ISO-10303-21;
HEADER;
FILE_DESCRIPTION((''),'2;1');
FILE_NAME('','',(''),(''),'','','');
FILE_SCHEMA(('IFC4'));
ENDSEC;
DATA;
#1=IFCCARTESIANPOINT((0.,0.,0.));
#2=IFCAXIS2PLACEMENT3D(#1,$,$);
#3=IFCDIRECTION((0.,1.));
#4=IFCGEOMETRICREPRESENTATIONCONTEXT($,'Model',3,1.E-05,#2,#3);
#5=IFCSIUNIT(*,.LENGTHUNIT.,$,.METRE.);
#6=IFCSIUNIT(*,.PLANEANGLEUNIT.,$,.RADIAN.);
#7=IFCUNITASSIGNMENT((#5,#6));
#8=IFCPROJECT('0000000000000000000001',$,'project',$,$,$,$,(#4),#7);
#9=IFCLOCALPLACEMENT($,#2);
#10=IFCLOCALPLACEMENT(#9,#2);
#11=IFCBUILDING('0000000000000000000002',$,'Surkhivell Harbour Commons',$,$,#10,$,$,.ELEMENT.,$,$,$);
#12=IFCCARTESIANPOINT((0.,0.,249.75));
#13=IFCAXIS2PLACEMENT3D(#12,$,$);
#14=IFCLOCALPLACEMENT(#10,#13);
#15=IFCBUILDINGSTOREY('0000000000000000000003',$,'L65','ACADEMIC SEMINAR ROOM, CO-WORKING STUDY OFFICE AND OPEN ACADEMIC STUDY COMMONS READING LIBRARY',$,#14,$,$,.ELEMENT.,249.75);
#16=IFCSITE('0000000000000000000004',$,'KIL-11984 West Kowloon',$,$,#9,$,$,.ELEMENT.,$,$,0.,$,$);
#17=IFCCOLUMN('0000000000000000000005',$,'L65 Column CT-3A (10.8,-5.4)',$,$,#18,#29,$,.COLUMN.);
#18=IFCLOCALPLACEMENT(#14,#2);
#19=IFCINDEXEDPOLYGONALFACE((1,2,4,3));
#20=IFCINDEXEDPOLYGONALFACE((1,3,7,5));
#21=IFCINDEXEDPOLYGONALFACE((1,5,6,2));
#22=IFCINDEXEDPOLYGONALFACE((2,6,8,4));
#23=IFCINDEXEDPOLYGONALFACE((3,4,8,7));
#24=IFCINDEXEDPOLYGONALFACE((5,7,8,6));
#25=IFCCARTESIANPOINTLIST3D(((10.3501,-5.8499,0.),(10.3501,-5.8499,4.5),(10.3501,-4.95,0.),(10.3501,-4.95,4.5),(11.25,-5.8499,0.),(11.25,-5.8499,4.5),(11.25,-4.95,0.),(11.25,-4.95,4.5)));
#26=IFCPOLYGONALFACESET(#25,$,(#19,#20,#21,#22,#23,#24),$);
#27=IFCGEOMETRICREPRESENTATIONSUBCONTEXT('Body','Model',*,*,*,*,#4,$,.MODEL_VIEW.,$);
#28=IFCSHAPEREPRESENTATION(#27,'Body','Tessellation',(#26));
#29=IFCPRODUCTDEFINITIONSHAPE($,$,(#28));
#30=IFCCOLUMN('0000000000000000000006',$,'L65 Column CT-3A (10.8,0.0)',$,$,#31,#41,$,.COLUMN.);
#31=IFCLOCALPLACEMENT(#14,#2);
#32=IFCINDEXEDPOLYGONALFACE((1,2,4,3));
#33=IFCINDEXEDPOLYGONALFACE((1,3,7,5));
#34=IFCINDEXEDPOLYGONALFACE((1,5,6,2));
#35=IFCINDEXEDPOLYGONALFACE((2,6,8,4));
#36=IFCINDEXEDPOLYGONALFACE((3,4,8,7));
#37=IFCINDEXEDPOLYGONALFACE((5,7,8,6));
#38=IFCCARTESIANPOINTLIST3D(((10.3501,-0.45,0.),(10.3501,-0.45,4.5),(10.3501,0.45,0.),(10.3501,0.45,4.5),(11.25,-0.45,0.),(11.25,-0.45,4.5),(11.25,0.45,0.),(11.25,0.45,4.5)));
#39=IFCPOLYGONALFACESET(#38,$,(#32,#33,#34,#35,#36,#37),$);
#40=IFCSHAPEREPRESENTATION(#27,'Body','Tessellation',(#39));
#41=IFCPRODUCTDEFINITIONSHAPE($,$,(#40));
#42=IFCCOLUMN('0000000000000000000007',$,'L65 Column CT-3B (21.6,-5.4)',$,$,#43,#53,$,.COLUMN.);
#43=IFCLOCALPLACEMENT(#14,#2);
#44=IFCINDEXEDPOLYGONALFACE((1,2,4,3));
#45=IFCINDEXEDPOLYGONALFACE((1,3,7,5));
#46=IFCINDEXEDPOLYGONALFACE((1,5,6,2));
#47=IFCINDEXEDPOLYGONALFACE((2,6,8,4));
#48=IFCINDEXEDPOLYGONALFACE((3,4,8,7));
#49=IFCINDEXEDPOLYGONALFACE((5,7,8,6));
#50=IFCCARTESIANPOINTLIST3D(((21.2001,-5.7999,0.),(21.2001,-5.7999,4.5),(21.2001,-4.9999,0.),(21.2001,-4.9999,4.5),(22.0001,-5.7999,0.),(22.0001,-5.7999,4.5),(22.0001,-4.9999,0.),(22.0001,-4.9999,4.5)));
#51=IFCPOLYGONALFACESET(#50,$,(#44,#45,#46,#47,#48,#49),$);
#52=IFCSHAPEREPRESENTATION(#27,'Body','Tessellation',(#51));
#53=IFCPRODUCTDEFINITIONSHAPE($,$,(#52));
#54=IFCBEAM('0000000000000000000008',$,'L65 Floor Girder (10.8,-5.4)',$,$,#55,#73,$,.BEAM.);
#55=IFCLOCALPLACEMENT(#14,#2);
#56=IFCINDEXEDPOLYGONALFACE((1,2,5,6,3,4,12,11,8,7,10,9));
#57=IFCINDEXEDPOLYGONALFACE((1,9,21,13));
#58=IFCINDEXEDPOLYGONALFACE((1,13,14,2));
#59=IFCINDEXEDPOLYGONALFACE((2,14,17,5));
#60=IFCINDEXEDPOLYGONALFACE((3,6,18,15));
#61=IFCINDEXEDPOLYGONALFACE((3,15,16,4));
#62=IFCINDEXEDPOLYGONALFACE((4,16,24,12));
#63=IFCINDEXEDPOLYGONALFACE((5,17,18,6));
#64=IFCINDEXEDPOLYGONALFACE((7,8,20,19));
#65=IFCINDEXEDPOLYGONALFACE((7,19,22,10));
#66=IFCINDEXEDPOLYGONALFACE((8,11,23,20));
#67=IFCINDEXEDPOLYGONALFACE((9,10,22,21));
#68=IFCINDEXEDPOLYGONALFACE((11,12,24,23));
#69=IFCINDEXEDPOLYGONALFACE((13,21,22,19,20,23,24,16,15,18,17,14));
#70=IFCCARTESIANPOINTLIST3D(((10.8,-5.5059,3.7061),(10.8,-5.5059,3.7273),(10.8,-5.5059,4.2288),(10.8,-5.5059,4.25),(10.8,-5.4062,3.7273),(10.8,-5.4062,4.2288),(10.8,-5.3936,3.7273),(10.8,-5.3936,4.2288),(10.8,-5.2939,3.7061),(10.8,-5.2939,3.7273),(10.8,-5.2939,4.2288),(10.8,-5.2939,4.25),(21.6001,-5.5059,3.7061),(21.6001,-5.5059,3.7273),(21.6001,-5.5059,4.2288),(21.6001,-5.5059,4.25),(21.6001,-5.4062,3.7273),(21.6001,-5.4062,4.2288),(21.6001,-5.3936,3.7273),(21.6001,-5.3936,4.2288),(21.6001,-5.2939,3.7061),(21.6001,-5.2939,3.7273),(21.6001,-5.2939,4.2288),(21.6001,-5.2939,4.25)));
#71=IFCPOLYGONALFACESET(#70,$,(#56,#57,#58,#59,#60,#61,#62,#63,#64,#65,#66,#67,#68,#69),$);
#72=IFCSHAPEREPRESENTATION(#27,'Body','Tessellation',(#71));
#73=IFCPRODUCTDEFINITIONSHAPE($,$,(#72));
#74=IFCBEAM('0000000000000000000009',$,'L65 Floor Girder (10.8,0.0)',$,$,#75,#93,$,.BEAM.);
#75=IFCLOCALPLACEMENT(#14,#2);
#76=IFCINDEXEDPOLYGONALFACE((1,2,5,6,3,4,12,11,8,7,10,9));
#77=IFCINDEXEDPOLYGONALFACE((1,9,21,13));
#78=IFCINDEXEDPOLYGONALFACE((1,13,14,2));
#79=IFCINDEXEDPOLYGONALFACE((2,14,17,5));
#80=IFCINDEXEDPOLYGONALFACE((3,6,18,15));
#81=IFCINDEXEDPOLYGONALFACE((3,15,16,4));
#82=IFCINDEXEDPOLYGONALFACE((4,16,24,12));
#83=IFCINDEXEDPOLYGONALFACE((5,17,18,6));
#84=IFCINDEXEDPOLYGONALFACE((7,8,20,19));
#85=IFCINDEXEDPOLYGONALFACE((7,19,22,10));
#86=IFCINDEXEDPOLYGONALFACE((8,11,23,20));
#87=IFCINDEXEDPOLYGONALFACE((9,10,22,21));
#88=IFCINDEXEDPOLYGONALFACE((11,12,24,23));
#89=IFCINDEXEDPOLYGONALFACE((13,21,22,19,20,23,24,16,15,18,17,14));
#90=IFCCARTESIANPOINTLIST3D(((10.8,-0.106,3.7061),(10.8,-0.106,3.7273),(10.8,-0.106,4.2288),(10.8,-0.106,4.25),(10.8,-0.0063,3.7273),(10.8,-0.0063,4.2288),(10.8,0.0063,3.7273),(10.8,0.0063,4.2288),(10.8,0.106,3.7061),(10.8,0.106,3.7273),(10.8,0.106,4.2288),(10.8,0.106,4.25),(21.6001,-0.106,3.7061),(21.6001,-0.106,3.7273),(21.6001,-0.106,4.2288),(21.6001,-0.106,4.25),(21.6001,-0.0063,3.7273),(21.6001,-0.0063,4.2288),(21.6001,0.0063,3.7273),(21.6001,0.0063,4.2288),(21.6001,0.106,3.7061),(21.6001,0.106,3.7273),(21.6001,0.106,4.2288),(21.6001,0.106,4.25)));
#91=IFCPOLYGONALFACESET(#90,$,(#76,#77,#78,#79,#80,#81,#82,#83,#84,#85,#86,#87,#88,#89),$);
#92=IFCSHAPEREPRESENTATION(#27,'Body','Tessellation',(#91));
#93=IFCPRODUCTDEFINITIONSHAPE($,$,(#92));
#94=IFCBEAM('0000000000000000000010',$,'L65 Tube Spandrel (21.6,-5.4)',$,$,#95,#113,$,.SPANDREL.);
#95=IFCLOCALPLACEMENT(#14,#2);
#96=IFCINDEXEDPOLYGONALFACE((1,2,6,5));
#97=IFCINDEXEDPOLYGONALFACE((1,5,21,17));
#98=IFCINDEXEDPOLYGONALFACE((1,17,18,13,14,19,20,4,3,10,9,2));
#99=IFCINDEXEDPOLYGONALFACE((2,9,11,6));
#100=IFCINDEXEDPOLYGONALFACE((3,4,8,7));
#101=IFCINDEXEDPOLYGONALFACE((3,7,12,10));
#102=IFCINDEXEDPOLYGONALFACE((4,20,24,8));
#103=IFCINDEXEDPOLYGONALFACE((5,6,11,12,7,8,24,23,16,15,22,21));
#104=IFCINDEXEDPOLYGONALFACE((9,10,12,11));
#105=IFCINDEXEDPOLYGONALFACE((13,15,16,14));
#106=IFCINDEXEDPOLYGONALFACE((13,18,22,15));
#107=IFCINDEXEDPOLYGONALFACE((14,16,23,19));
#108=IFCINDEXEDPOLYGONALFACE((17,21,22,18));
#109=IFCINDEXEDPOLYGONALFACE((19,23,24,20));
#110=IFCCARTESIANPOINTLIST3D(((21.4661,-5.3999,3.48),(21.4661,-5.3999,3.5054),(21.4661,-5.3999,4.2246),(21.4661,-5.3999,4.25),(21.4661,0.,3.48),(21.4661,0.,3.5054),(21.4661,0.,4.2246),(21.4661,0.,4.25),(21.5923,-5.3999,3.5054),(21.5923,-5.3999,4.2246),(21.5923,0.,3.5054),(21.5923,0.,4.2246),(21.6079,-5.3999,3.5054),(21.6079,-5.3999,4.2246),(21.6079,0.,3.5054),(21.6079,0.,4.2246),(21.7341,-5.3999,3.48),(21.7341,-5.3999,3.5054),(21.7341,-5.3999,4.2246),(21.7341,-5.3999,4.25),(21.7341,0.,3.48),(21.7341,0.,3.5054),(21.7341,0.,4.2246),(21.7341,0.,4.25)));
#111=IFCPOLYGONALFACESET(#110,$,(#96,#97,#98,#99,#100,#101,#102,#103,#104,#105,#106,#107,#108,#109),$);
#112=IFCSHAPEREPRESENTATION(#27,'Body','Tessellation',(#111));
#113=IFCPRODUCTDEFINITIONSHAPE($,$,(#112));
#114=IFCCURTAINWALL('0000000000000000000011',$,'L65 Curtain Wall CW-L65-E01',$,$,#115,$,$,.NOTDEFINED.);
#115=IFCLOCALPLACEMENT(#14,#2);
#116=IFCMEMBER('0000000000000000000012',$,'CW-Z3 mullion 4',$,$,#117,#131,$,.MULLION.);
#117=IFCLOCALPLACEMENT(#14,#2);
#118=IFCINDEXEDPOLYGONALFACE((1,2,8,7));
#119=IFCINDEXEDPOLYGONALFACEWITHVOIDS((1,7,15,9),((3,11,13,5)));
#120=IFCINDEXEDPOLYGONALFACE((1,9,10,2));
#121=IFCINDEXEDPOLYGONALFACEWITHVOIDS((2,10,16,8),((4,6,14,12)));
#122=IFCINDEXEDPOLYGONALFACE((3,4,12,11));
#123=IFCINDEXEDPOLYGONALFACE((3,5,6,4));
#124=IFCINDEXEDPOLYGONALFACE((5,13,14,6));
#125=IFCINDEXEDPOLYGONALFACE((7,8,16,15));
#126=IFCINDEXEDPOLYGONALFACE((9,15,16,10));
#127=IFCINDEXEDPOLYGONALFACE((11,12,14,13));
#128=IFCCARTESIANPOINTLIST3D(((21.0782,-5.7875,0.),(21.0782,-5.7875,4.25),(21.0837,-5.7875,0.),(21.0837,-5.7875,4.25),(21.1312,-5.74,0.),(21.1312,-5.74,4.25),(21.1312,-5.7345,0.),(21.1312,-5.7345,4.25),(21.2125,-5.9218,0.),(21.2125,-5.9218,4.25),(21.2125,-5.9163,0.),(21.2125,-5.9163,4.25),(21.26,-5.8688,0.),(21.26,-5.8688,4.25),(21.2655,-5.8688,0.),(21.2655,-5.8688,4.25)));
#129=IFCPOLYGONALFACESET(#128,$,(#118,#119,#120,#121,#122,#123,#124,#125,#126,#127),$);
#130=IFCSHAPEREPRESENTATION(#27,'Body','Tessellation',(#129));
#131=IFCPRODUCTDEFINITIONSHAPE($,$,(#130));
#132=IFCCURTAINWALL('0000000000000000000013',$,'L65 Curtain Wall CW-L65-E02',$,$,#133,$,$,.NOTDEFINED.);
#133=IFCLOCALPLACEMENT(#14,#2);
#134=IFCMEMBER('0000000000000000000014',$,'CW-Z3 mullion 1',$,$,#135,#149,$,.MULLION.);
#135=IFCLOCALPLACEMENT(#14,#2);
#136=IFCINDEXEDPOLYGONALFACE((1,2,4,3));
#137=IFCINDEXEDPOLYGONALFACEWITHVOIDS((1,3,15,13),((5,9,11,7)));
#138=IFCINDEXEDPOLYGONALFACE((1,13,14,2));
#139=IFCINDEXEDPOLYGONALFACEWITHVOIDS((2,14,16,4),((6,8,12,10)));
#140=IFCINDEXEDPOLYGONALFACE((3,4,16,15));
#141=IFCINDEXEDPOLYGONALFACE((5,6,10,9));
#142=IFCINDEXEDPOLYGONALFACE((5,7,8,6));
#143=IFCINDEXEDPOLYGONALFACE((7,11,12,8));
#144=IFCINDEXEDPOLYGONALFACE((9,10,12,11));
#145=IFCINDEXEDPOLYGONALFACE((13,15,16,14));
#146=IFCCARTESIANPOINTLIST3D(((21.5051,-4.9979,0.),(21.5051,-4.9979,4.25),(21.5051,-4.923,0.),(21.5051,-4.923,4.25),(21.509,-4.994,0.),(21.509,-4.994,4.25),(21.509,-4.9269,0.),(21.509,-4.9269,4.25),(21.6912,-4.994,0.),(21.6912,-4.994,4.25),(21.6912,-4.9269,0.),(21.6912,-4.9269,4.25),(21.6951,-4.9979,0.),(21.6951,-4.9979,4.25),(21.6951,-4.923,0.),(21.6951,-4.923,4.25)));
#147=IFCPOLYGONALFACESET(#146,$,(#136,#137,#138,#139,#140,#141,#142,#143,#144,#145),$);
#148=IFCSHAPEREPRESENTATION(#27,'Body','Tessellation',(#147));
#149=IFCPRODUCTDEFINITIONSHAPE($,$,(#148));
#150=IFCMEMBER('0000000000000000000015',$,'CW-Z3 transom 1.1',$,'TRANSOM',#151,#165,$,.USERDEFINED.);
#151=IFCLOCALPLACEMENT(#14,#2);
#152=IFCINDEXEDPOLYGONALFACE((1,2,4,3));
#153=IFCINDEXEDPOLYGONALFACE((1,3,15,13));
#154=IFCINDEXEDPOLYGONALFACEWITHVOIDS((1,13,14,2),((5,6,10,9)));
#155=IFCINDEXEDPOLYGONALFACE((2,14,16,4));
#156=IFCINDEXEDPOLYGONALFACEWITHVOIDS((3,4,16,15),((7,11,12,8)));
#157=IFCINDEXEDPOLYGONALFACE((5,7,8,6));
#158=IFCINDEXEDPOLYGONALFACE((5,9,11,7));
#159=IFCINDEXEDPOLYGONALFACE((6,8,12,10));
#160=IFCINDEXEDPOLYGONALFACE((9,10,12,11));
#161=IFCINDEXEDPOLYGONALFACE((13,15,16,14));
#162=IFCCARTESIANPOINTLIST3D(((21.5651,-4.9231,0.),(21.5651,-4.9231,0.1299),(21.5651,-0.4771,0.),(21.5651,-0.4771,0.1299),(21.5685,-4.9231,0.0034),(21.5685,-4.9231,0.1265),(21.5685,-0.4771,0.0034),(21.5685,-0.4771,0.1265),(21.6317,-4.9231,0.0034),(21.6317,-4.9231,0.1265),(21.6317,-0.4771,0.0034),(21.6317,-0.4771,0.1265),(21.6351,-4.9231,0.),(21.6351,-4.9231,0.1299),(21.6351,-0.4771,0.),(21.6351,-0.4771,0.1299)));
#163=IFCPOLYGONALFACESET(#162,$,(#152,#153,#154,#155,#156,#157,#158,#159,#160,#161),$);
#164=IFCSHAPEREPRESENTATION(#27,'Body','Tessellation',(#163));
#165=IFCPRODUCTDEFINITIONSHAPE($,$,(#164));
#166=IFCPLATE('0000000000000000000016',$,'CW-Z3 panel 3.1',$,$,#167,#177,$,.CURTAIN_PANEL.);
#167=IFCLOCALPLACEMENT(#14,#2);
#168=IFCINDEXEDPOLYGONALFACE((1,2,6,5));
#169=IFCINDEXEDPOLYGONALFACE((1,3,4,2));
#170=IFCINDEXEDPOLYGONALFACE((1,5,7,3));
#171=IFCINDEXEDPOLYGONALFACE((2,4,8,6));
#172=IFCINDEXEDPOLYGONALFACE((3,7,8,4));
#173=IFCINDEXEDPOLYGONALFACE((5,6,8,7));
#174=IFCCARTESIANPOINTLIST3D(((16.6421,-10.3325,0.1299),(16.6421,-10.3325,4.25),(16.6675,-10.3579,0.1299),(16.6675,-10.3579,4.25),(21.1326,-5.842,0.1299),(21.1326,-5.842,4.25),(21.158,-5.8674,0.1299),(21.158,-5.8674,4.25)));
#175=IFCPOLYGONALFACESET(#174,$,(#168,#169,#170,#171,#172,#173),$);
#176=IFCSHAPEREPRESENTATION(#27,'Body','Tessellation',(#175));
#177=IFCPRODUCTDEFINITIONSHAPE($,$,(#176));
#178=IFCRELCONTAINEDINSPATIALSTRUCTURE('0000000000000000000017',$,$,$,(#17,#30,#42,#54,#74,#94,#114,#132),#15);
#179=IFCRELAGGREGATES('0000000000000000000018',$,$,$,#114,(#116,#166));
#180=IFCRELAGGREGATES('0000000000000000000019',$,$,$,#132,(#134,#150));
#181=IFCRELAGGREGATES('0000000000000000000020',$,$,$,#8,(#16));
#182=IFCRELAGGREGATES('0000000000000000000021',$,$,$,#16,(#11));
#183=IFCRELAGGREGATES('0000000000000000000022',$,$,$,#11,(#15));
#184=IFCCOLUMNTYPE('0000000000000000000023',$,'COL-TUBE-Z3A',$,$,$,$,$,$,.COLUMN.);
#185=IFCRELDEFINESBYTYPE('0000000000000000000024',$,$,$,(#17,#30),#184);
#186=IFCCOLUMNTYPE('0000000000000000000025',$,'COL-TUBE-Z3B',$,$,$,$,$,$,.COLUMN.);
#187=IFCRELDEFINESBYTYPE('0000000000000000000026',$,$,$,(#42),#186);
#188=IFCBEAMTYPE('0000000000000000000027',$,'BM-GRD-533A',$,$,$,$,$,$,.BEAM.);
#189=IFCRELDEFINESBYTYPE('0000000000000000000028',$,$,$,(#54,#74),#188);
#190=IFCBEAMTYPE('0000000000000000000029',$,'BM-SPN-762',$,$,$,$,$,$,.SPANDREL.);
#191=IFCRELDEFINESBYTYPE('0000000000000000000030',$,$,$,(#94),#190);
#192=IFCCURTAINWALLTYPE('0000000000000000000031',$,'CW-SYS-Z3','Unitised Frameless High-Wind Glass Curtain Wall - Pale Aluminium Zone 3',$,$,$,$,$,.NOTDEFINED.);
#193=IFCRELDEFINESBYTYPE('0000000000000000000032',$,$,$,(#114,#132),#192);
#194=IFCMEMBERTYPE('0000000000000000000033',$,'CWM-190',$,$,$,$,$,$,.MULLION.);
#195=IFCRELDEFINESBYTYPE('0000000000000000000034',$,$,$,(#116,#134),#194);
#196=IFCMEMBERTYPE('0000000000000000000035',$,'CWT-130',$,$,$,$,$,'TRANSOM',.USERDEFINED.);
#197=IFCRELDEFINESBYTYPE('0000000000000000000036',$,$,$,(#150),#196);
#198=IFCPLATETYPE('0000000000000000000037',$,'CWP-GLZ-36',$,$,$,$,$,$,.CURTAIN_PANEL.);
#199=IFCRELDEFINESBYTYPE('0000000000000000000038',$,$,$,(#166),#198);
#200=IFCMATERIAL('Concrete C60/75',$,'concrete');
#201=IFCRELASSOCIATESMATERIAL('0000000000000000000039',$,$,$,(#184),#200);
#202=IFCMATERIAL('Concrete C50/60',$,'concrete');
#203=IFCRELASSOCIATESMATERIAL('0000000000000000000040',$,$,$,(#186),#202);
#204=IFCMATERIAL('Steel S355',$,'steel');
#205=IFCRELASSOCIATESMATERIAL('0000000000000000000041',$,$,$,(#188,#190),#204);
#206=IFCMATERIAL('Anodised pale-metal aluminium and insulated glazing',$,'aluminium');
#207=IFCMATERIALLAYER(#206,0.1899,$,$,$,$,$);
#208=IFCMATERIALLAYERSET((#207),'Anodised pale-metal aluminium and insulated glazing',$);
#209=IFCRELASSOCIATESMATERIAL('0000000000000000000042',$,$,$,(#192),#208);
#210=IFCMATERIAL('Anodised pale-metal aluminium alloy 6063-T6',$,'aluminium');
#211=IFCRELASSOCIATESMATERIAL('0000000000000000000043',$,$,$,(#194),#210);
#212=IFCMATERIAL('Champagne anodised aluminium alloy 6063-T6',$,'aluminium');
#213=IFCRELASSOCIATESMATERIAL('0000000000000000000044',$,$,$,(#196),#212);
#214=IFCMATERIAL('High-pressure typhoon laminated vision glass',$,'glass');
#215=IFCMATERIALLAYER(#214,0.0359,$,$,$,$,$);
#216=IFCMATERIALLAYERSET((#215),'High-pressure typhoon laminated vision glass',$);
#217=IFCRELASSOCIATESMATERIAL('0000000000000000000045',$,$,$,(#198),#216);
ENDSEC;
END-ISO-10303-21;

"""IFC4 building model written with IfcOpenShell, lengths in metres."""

from ifc_helpers import new_model, si_unit, direction, frame, frame_2d, origin, origin_2d, place, context, subcontext, project, spatial, rectangle, hollow_rectangle, i_section, extrude, material, layer, layer_set, material_profile, profile_set, type_object, element, aggregate, save


model = new_model("IFC4")

# Units and contexts
model_context = context("Model", 3, precision=1e-05, world=origin(), true_north=direction((0.0, 1.0)))
body_context = subcontext(model_context, "Body", "Model", "MODEL_VIEW")
ifc_project = project(units=[si_unit("LENGTHUNIT", "METRE"), si_unit("PLANEANGLEUNIT", "RADIAN")], contexts=[model_context])

# Site, building, storey
site_placement = place(None, origin())
site = spatial("IfcSite", under=ifc_project, at=site_placement, Name="KIL-11984 West Kowloon", CompositionType="ELEMENT", RefElevation=0.0)
building_placement = place(site_placement, origin())
building = spatial("IfcBuilding", under=site, at=building_placement, Name="Surkhivell Harbour Commons", CompositionType="ELEMENT")
storey_placement = place(building_placement, frame((0.0, 0.0, 249.75)))
storey = spatial("IfcBuildingStorey", under=building, at=storey_placement, Name="L65", Description="ACADEMIC SEMINAR ROOM, CO-WORKING STUDY OFFICE AND OPEN ACADEMIC STUDY COMMONS READING LIBRARY", CompositionType="ELEMENT", Elevation=249.75)

# Columns
ifc_material_1 = material(Name="Concrete C60/75", Category="concrete")
ifc_material_profile_1 = material_profile(ifc_material_1, rectangle(XDim=0.8999, YDim=0.8999, at=origin_2d()), Name="RC-COL-900x900")
ifc_profile_set_1 = profile_set([ifc_material_profile_1], Name="Concrete C60/75")
column_type_1 = type_object("IfcColumnType", Name="COL-TUBE-Z3A", PredefinedType="COLUMN", material=ifc_profile_set_1)
for number, where, z_axis, x_axis, name in (
    (1, (10.8, -5.3999, 0.0), (0.0, 0.0, 1.0), (1.0, 0.0, 0.0), "L65 Column CT-3A (10.8,-5.4)"),
    (2, (10.8, 0.0, 0.0), (0.0, 0.0, 1.0), (1.0, 0.0, 0.0), "L65 Column CT-3A (10.8,0.0)"),
):
    element("IfcColumn", number, at=place(storey_placement, frame(where, z_axis=z_axis, x_axis=x_axis)), inside=storey, type_object=column_type_1, Name=name, PredefinedType="COLUMN", context=body_context, shape_type="SweptSolid", body=[
        extrude(rectangle(XDim=0.8999, YDim=0.8999, at=origin_2d()), origin(), (0.0, 0.0, 1.0), 4.5),
    ])
ifc_material_2 = material(Name="Concrete C50/60", Category="concrete")
ifc_material_profile_2 = material_profile(ifc_material_2, rectangle(XDim=0.8, YDim=0.8, at=origin_2d()), Name="RC-COL-800x800")
ifc_profile_set_2 = profile_set([ifc_material_profile_2], Name="Concrete C50/60")
column_type_2 = type_object("IfcColumnType", Name="COL-TUBE-Z3B", PredefinedType="COLUMN", material=ifc_profile_set_2)
column_placement = place(storey_placement, frame((21.6001, -5.3999, 0.0), z_axis=(0.0, 0.0, 1.0), x_axis=(1.0, 0.0, 0.0)))
element("IfcColumn", 3, at=column_placement, inside=storey, type_object=column_type_2, Name="L65 Column CT-3B (21.6,-5.4)", PredefinedType="COLUMN", context=body_context, shape_type="SweptSolid", body=[
    extrude(rectangle(XDim=0.8, YDim=0.8, at=origin_2d()), origin(), (0.0, 0.0, 1.0), 4.5),
])

# Beams
ifc_material_3 = material(Name="Steel S355", Category="steel")
ifc_material_profile_3 = material_profile(ifc_material_3, i_section(OverallWidth=0.2119, OverallDepth=0.5439, WebThickness=0.0127, FlangeThickness=0.0212, at=origin_2d()), Name="UB533x210x122")
ifc_profile_set_3 = profile_set([ifc_material_profile_3], Name="Steel S355")
beam_type_1 = type_object("IfcBeamType", Name="BM-GRD-533A", PredefinedType="BEAM", material=ifc_profile_set_3)
for number, where, z_axis, x_axis, name in (
    (4, (10.8, -5.3999, 3.978), (1.0, 0.0, 0.0), (0.0, 1.0, 0.0), "L65 Floor Girder (10.8,-5.4)"),
    (5, (10.8, 0.0, 3.978), (1.0, 0.0, 0.0), (0.0, 1.0, 0.0), "L65 Floor Girder (10.8,0.0)"),
):
    element("IfcBeam", number, at=place(storey_placement, frame(where, z_axis=z_axis, x_axis=x_axis)), inside=storey, type_object=beam_type_1, Name=name, PredefinedType="BEAM", context=body_context, shape_type="SweptSolid", body=[
        extrude(i_section(OverallWidth=0.2119, OverallDepth=0.5439, WebThickness=0.0127, FlangeThickness=0.0212, at=origin_2d()), origin(), (0.0, 0.0, 1.0), 10.8),
    ])
ifc_material_profile_4 = material_profile(ifc_material_3, i_section(OverallWidth=0.2681, OverallDepth=0.77, WebThickness=0.0156, FlangeThickness=0.0254, at=origin_2d()), Name="UB762x267x197")
ifc_profile_set_4 = profile_set([ifc_material_profile_4], Name="Steel S355")
beam_type_2 = type_object("IfcBeamType", Name="BM-SPN-762", PredefinedType="SPANDREL", material=ifc_profile_set_4)
beam_placement = place(storey_placement, frame((21.6001, -5.3999, 3.865), z_axis=(0.0, 1.0, 0.0), x_axis=(-1.0, 0.0, 0.0)))
element("IfcBeam", 6, at=beam_placement, inside=storey, type_object=beam_type_2, Name="L65 Tube Spandrel (21.6,-5.4)", PredefinedType="SPANDREL", context=body_context, shape_type="SweptSolid", body=[
    extrude(i_section(OverallWidth=0.2681, OverallDepth=0.77, WebThickness=0.0156, FlangeThickness=0.0254, at=origin_2d()), origin(), (0.0, 0.0, 1.0), 5.3999),
])

# Curtain wall, member
ifc_material_4 = material(Name="Anodised pale-metal aluminium and insulated glazing", Category="aluminium")
ifc_layer_1 = layer(ifc_material_4, 0.1899)
ifc_layer_set_1 = layer_set([ifc_layer_1], Name="Anodised pale-metal aluminium and insulated glazing")
curtain_wall_type = type_object("IfcCurtainWallType", Name="CW-SYS-Z3", Description="Unitised Frameless High-Wind Glass Curtain Wall - Pale Aluminium Zone 3", PredefinedType="NOTDEFINED", material=ifc_layer_set_1)
curtain_wall_1_placement = place(storey_placement, origin())
curtain_wall_1 = element("IfcCurtainWall", 7, at=curtain_wall_1_placement, inside=storey, type_object=curtain_wall_type, Name="L65 Curtain Wall CW-L65-E01", PredefinedType="NOTDEFINED")
ifc_material_5 = material(Name="Anodised pale-metal aluminium alloy 6063-T6", Category="aluminium")
ifc_material_profile_5 = material_profile(ifc_material_5, hollow_rectangle(XDim=0.075, YDim=0.1899, WallThickness=0.0039, at=origin_2d()), Name="ALU-MULL-75x190")
ifc_profile_set_5 = profile_set([ifc_material_profile_5], Name="Anodised pale-metal aluminium alloy 6063-T6")
member_type_1 = type_object("IfcMemberType", Name="CWM-190", PredefinedType="MULLION", material=ifc_profile_set_5)
member_1_placement = place(storey_placement, frame((21.1719, -5.8281, 0.0), z_axis=(0.0, 0.0, 1.0), x_axis=(0.707107, 0.707107, 0.0)))
member_1 = element("IfcMember", 8, at=member_1_placement, type_object=member_type_1, Name="CW-Z3 mullion 4", PredefinedType="MULLION", context=body_context, shape_type="SweptSolid", body=[
    extrude(hollow_rectangle(XDim=0.075, YDim=0.1899, WallThickness=0.0039, at=origin_2d()), origin(), (0.0, 0.0, 1.0), 4.25),
])

# Curtain wall, members
curtain_wall_2_placement = place(storey_placement, origin())
curtain_wall_2 = element("IfcCurtainWall", 9, at=curtain_wall_2_placement, inside=storey, type_object=curtain_wall_type, Name="L65 Curtain Wall CW-L65-E02", PredefinedType="NOTDEFINED")
member_2_placement = place(storey_placement, frame((21.6001, -4.9604, 0.0), z_axis=(0.0, 0.0, 1.0), x_axis=(0.0, 1.0, 0.0)))
member_2 = element("IfcMember", 10, at=member_2_placement, type_object=member_type_1, Name="CW-Z3 mullion 1", PredefinedType="MULLION", context=body_context, shape_type="SweptSolid", body=[
    extrude(hollow_rectangle(XDim=0.075, YDim=0.1899, WallThickness=0.0039, at=origin_2d()), origin(), (0.0, 0.0, 1.0), 4.25),
])
ifc_material_6 = material(Name="Champagne anodised aluminium alloy 6063-T6", Category="aluminium")
ifc_material_profile_6 = material_profile(ifc_material_6, hollow_rectangle(XDim=0.0701, YDim=0.1299, WallThickness=0.0034, at=origin_2d()), Name="ALU-TRAN-70x130")
ifc_profile_set_6 = profile_set([ifc_material_profile_6], Name="Champagne anodised aluminium alloy 6063-T6")
member_type_2 = type_object("IfcMemberType", Name="CWT-130", ElementType="TRANSOM", PredefinedType="USERDEFINED", material=ifc_profile_set_6)
member_3_placement = place(storey_placement, frame((21.6001, -4.9231, 0.0649), z_axis=(0.0, 1.0, 0.0), x_axis=(-1.0, 0.0, 0.0)))
member_3 = element("IfcMember", 11, at=member_3_placement, type_object=member_type_2, Name="CW-Z3 transom 1.1", ObjectType="TRANSOM", PredefinedType="USERDEFINED", context=body_context, shape_type="SweptSolid", body=[
    extrude(hollow_rectangle(XDim=0.0701, YDim=0.1299, WallThickness=0.0034, at=origin_2d()), origin(), (0.0, 0.0, 1.0), 4.446),
])

# Plate
ifc_material_7 = material(Name="High-pressure typhoon laminated vision glass", Category="glass")
ifc_layer_2 = layer(ifc_material_7, 0.0359)
ifc_layer_set_2 = layer_set([ifc_layer_2], Name="High-pressure typhoon laminated vision glass")
plate_type = type_object("IfcPlateType", Name="CWP-GLZ-36", PredefinedType="CURTAIN_PANEL", material=ifc_layer_set_2)
plate_1_placement = place(storey_placement, frame((16.6548, -10.3452, 0.1299), z_axis=(0.0, 0.0, 1.0), x_axis=(0.707107, 0.707107, 0.0)))
plate_1 = element("IfcPlate", 12, at=plate_1_placement, type_object=plate_type, Name="CW-Z3 panel 3.1", PredefinedType="CURTAIN_PANEL", context=body_context, shape_type="SweptSolid", body=[
    extrude(rectangle(XDim=6.3506, YDim=0.0359, at=frame_2d((3.1753, 0.0))), origin(), (0.0, 0.0, 1.0), 4.1201),
])
aggregate(curtain_wall_1, [member_1, plate_1])
aggregate(curtain_wall_2, [member_2, member_3])

save(model, "model.ifc")
